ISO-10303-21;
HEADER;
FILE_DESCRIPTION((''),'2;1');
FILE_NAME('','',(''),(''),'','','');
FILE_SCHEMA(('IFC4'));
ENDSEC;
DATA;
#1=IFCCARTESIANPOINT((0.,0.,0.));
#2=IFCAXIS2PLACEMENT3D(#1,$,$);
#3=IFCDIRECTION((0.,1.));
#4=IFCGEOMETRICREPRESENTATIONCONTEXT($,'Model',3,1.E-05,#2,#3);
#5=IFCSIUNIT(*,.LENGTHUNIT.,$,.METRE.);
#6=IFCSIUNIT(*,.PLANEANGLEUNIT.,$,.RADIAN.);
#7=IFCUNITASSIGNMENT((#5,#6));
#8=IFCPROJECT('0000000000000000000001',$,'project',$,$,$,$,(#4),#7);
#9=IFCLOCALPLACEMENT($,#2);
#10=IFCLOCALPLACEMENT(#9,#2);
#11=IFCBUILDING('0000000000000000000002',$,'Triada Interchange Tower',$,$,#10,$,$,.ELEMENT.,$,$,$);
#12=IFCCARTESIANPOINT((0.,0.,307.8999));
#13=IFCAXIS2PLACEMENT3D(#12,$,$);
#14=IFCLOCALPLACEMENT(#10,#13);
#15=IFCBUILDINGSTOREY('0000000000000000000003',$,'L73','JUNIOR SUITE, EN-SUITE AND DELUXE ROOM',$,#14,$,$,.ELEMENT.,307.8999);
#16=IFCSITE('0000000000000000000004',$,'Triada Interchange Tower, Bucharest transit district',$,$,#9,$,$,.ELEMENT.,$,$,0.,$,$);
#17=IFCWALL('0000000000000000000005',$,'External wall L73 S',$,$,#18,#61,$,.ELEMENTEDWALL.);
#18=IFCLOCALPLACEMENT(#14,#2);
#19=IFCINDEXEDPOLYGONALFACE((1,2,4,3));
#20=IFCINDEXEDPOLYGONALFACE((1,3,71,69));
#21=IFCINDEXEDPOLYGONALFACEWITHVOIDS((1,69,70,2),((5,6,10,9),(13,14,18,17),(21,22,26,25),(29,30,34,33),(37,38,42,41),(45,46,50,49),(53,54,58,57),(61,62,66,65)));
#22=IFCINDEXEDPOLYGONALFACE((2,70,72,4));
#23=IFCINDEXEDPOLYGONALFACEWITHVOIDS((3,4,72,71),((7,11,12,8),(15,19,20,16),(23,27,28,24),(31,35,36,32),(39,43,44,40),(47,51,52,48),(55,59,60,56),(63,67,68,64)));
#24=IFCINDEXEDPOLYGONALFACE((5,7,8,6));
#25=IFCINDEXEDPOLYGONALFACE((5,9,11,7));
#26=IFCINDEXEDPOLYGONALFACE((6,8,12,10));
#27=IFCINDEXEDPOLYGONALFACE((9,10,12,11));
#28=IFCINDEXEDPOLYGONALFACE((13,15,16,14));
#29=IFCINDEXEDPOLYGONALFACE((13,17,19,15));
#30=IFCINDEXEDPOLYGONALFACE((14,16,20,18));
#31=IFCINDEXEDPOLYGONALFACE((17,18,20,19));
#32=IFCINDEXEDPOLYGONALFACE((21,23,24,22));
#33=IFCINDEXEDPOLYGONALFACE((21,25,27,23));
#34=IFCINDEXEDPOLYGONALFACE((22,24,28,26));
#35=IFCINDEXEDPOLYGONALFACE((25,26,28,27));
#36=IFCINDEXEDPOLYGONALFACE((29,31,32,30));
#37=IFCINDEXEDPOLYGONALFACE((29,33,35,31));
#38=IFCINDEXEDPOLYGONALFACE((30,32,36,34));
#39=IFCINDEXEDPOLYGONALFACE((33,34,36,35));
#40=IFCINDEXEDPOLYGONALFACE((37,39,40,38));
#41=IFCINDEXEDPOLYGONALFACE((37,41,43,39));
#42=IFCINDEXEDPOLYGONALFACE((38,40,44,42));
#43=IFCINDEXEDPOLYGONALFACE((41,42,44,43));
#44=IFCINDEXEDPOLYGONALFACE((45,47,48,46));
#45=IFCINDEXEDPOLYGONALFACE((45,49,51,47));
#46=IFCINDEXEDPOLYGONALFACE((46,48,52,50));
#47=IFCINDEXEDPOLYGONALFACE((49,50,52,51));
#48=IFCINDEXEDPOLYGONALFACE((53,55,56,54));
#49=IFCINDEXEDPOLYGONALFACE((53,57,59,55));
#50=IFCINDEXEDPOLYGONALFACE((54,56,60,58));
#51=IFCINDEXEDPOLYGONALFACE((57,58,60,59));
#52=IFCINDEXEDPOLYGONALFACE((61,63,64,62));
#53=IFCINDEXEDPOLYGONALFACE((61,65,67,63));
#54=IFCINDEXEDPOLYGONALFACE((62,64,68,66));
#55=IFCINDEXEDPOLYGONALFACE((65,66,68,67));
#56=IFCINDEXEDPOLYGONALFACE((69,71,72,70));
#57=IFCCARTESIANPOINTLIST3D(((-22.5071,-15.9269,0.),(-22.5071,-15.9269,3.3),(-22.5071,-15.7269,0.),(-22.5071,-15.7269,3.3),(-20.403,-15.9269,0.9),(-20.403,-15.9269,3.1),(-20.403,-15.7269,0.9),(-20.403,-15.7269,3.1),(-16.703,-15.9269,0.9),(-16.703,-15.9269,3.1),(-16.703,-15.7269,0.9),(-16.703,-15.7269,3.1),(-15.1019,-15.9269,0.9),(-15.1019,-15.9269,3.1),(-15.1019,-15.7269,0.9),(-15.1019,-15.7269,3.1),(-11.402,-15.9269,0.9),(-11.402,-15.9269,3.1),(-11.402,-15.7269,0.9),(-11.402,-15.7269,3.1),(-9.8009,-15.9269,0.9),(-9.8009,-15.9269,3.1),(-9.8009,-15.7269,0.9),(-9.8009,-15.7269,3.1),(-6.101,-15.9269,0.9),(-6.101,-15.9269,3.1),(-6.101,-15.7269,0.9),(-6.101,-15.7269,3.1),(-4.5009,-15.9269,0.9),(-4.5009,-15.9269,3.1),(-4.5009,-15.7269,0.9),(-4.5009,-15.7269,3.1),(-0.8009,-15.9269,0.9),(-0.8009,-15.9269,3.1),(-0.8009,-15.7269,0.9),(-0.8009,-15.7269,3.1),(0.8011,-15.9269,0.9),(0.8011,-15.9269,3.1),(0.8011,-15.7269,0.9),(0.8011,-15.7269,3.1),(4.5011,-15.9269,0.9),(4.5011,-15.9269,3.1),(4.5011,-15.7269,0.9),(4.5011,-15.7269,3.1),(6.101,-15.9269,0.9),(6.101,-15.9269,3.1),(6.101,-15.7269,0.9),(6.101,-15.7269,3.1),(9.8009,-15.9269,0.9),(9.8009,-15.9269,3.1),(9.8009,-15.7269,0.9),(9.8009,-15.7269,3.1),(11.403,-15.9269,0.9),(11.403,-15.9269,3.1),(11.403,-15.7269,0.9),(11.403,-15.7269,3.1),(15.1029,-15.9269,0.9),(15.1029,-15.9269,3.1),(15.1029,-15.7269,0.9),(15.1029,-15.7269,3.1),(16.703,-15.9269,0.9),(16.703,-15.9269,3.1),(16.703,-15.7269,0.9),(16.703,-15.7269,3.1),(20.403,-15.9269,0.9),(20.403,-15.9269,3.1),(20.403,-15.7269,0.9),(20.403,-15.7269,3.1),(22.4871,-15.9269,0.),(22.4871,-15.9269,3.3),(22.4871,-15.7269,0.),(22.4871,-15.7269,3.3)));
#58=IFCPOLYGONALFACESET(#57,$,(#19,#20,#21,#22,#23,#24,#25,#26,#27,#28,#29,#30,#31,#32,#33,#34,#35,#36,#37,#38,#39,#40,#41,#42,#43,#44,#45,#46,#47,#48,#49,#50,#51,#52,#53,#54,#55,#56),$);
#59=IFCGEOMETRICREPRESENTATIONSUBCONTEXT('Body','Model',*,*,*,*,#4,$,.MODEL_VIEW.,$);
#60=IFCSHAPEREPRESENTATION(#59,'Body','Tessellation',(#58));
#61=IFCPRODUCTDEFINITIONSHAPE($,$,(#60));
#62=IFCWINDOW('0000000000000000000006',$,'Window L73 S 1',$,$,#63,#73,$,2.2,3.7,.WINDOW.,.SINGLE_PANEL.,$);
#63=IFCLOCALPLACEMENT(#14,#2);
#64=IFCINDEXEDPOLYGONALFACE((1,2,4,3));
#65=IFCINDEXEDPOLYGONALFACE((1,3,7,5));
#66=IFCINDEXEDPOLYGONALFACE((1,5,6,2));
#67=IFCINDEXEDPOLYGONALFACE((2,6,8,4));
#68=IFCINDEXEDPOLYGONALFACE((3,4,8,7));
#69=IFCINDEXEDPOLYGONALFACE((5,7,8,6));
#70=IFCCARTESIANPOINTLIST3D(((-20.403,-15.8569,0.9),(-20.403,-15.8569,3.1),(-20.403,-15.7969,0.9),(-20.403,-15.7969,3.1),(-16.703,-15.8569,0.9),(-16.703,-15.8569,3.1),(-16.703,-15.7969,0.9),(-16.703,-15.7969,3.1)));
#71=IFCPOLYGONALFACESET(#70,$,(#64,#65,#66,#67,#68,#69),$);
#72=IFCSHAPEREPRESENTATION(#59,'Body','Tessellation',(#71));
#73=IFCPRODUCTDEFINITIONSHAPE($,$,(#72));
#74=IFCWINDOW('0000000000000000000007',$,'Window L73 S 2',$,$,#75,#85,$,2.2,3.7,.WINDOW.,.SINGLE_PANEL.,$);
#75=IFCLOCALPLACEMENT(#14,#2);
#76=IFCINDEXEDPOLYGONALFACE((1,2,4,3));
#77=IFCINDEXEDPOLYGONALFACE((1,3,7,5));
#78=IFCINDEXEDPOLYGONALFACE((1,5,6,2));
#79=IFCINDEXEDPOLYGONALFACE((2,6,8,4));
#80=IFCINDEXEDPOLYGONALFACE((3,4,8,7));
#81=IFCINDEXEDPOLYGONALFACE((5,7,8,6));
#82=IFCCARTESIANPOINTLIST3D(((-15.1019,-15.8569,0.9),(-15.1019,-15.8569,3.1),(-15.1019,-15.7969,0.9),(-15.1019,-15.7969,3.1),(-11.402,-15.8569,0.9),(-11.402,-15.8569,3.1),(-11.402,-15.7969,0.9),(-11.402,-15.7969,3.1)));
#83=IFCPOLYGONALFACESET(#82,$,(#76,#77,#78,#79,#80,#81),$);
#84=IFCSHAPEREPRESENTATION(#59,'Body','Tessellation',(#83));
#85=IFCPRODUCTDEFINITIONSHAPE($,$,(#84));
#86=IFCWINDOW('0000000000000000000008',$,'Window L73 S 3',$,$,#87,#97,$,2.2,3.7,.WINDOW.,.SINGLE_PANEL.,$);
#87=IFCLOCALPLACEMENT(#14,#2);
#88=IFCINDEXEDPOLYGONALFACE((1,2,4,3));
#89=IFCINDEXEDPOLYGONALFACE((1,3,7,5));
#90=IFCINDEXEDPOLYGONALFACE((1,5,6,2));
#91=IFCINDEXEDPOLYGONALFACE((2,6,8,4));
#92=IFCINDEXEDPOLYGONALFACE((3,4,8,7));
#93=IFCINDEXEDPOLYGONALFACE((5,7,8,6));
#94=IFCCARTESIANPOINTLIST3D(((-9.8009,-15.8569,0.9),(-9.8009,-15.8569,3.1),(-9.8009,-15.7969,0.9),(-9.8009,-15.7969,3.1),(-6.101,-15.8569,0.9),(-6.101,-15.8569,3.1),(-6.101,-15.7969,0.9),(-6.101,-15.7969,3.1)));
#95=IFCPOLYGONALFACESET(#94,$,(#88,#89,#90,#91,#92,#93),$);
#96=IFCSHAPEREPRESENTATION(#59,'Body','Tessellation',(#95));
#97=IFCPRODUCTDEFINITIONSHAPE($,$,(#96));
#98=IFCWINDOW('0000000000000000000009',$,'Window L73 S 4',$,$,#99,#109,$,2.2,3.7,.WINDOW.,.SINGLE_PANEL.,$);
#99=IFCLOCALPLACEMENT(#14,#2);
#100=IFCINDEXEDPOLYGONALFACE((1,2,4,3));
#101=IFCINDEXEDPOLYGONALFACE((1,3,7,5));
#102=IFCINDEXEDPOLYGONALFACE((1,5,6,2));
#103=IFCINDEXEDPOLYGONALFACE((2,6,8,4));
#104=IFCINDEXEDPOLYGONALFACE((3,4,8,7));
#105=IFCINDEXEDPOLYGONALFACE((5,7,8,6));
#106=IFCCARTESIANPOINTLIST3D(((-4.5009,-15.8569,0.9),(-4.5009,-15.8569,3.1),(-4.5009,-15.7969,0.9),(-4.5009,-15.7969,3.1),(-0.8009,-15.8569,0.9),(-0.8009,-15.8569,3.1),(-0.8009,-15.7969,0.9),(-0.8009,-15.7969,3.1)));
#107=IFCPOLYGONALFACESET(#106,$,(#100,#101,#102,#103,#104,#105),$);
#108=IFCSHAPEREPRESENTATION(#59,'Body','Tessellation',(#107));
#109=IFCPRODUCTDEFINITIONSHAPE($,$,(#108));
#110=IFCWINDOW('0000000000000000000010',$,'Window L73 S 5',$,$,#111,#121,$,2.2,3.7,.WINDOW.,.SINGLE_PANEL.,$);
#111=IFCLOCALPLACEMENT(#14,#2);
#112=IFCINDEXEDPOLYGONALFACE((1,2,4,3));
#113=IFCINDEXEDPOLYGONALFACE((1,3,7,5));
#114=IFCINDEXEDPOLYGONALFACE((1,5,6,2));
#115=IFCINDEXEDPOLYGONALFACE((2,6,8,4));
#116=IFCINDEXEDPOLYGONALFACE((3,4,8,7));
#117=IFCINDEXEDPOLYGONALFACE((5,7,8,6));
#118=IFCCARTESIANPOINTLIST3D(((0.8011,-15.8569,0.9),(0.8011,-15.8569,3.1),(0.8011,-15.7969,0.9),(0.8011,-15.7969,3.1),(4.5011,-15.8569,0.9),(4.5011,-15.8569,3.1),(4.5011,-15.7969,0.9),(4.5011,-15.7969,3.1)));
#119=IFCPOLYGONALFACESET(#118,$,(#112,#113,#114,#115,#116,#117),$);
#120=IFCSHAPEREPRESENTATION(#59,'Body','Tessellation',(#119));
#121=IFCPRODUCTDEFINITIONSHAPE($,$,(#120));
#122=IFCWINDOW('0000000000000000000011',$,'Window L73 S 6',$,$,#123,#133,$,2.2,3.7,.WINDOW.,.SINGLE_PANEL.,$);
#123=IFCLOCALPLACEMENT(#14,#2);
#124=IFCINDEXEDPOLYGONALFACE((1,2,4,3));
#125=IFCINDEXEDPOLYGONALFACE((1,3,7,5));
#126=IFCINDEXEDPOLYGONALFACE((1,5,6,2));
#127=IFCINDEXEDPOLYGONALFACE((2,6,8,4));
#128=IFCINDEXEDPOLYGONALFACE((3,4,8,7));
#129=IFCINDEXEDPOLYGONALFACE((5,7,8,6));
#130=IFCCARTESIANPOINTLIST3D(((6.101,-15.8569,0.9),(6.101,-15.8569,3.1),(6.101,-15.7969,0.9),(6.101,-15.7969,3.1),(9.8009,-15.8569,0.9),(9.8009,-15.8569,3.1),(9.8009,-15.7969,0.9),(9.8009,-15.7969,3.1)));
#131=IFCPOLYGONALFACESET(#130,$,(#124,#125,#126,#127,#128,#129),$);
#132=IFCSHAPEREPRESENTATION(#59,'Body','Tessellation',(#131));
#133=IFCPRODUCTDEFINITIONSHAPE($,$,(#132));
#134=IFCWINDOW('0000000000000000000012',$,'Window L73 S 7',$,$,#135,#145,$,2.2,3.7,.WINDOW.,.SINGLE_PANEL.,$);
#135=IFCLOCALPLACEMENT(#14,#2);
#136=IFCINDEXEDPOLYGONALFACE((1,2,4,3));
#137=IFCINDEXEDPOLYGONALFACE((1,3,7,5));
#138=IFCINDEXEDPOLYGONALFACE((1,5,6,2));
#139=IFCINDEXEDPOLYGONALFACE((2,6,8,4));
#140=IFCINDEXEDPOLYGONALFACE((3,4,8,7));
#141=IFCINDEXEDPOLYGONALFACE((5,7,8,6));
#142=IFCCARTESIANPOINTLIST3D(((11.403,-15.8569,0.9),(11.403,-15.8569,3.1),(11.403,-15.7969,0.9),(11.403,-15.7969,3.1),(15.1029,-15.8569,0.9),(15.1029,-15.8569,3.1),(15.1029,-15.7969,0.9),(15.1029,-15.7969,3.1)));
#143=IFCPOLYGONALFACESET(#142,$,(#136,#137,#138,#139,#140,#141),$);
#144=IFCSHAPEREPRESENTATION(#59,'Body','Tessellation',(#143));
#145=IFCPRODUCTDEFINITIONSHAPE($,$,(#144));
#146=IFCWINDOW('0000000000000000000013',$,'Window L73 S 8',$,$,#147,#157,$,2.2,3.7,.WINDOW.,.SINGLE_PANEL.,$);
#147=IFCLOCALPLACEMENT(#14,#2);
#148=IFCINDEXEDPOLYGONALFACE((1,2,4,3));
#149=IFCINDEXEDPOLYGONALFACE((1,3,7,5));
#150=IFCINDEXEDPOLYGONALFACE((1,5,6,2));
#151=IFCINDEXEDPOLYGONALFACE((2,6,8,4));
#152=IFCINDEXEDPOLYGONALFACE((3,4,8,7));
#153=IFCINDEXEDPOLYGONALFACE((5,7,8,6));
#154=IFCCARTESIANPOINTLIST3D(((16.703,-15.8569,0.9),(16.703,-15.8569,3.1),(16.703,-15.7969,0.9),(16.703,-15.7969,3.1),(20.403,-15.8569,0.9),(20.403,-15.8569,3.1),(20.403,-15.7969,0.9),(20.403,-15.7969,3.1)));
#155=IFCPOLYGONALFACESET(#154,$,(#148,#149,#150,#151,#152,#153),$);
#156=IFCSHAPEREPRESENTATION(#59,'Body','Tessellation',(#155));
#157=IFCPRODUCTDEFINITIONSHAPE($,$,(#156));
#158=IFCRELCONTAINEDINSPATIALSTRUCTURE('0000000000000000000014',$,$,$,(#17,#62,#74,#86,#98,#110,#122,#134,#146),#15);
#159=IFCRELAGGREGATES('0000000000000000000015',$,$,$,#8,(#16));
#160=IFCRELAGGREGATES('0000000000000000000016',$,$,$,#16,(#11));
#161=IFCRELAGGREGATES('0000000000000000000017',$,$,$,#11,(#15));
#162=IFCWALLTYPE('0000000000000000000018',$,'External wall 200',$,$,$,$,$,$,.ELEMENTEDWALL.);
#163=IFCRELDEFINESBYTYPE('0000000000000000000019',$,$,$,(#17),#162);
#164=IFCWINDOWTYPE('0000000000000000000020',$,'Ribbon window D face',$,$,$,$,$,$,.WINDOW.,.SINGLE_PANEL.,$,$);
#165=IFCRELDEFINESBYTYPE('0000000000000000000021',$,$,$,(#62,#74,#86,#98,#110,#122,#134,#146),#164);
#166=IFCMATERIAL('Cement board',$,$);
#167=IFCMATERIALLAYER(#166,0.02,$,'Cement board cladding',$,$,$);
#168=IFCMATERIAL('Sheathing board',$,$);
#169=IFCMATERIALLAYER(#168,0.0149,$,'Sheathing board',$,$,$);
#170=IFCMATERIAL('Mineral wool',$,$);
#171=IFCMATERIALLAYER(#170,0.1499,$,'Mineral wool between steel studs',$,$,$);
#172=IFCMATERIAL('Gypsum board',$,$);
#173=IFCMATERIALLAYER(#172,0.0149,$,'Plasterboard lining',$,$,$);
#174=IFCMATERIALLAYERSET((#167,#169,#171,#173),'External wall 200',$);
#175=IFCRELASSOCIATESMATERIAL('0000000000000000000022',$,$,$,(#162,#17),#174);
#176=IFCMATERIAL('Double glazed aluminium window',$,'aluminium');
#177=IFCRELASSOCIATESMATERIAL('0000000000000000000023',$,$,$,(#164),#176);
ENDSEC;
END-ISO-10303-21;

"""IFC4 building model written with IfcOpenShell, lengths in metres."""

from ifc_helpers import new_model, si_unit, direction, frame, frame_2d, origin, place, context, subcontext, project, spatial, rectangle, extrude, material, layer, layer_set, layer_usage, type_object, element, fill, save


model = new_model("IFC4")

# Units and contexts
model_context = context("Model", 3, precision=1e-05, world=origin(), true_north=direction((0.0, 1.0)))
body_context = subcontext(model_context, "Body", "Model", "MODEL_VIEW")
ifc_project = project(units=[si_unit("LENGTHUNIT", "METRE"), si_unit("PLANEANGLEUNIT", "RADIAN")], contexts=[model_context])

# Site, building, storey
site_placement = place(None, origin())
site = spatial("IfcSite", under=ifc_project, at=site_placement, Name="Triada Interchange Tower, Bucharest transit district", CompositionType="ELEMENT", RefElevation=0.0)
building_placement = place(site_placement, origin())
building = spatial("IfcBuilding", under=site, at=building_placement, Name="Triada Interchange Tower", CompositionType="ELEMENT")
storey_placement = place(building_placement, frame((0.0, 0.0, 307.8999)))
storey = spatial("IfcBuildingStorey", under=building, at=storey_placement, Name="L73", Description="JUNIOR SUITE, EN-SUITE AND DELUXE ROOM", CompositionType="ELEMENT", Elevation=307.8999)

# Shared definitions
ifc_material_1 = material(Name="Cement board")
ifc_layer_1 = layer(ifc_material_1, 0.02, Name="Cement board cladding")
ifc_material_2 = material(Name="Sheathing board")
ifc_layer_2 = layer(ifc_material_2, 0.0149, Name="Sheathing board")
ifc_material_3 = material(Name="Mineral wool")
ifc_layer_3 = layer(ifc_material_3, 0.1499, Name="Mineral wool between steel studs")
ifc_material_4 = material(Name="Gypsum board")
ifc_layer_4 = layer(ifc_material_4, 0.0149, Name="Plasterboard lining")
ifc_layer_set_1 = layer_set([ifc_layer_1, ifc_layer_2, ifc_layer_3, ifc_layer_4], Name="External wall 200")
ifc_layer_usage = layer_usage(ifc_layer_set_1, "AXIS2", "POSITIVE", -0.1001)
wall_type = type_object("IfcWallType", Name="External wall 200", PredefinedType="ELEMENTEDWALL", material=ifc_layer_set_1)
ifc_material_5 = material(Name="Double glazed aluminium window", Category="aluminium")

# Wall, openings, windows
wall_1_placement = place(storey_placement, frame((-22.5071, -15.8269, 0.0), z_axis=(0.0, 0.0, 1.0), x_axis=(1.0, 0.0, 0.0)))
wall_1 = element("IfcWall", 1, at=wall_1_placement, inside=storey, type_object=wall_type, material=ifc_layer_usage, Name="External wall L73 S", PredefinedType="ELEMENTEDWALL", context=body_context, shape_type="SweptSolid", body=[
    extrude(rectangle(XDim=44.9941, YDim=0.2, at=frame_2d((22.4971, 0.0))), origin(), (0.0, 0.0, 1.0), 3.3),
])
opening_1_placement = place(wall_1_placement, frame((2.104, 0.0, 0.8999)))
opening_1 = element("IfcOpeningElement", 2, at=opening_1_placement, cuts=wall_1, PredefinedType="OPENING", context=body_context, shape_type="SweptSolid", body=[
    extrude(rectangle(XDim=3.7, YDim=2.2, at=frame_2d((1.8501, 1.1001))), frame((0.0, 0.1099, 0.0), z_axis=(0.0, -1.0, 0.0), x_axis=(1.0, 0.0, 0.0)), (0.0, 0.0, 1.0), 0.22),
])
opening_2_placement = place(wall_1_placement, frame((7.405, 0.0, 0.8999)))
opening_2 = element("IfcOpeningElement", 3, at=opening_2_placement, cuts=wall_1, PredefinedType="OPENING", context=body_context, shape_type="SweptSolid", body=[
    extrude(rectangle(XDim=3.7, YDim=2.2, at=frame_2d((1.8501, 1.1001))), frame((0.0, 0.1099, 0.0), z_axis=(0.0, -1.0, 0.0), x_axis=(1.0, 0.0, 0.0)), (0.0, 0.0, 1.0), 0.22),
])
opening_3_placement = place(wall_1_placement, frame((12.7061, 0.0, 0.8999)))
opening_3 = element("IfcOpeningElement", 4, at=opening_3_placement, cuts=wall_1, PredefinedType="OPENING", context=body_context, shape_type="SweptSolid", body=[
    extrude(rectangle(XDim=3.7, YDim=2.2, at=frame_2d((1.8501, 1.1001))), frame((0.0, 0.1099, 0.0), z_axis=(0.0, -1.0, 0.0), x_axis=(1.0, 0.0, 0.0)), (0.0, 0.0, 1.0), 0.22),
])
opening_4_placement = place(wall_1_placement, frame((18.0061, 0.0, 0.8999)))
opening_4 = element("IfcOpeningElement", 5, at=opening_4_placement, cuts=wall_1, PredefinedType="OPENING", context=body_context, shape_type="SweptSolid", body=[
    extrude(rectangle(XDim=3.7, YDim=2.2, at=frame_2d((1.8501, 1.1001))), frame((0.0, 0.1099, 0.0), z_axis=(0.0, -1.0, 0.0), x_axis=(1.0, 0.0, 0.0)), (0.0, 0.0, 1.0), 0.22),
])
opening_5_placement = place(wall_1_placement, frame((23.3081, 0.0, 0.8999)))
opening_5 = element("IfcOpeningElement", 6, at=opening_5_placement, cuts=wall_1, PredefinedType="OPENING", context=body_context, shape_type="SweptSolid", body=[
    extrude(rectangle(XDim=3.7, YDim=2.2, at=frame_2d((1.8501, 1.1001))), frame((0.0, 0.1099, 0.0), z_axis=(0.0, -1.0, 0.0), x_axis=(1.0, 0.0, 0.0)), (0.0, 0.0, 1.0), 0.22),
])
opening_6_placement = place(wall_1_placement, frame((28.6079, 0.0, 0.8999)))
opening_6 = element("IfcOpeningElement", 7, at=opening_6_placement, cuts=wall_1, PredefinedType="OPENING", context=body_context, shape_type="SweptSolid", body=[
    extrude(rectangle(XDim=3.7, YDim=2.2, at=frame_2d((1.8501, 1.1001))), frame((0.0, 0.1099, 0.0), z_axis=(0.0, -1.0, 0.0), x_axis=(1.0, 0.0, 0.0)), (0.0, 0.0, 1.0), 0.22),
])
opening_7_placement = place(wall_1_placement, frame((33.9099, 0.0, 0.8999)))
opening_7 = element("IfcOpeningElement", 8, at=opening_7_placement, cuts=wall_1, PredefinedType="OPENING", context=body_context, shape_type="SweptSolid", body=[
    extrude(rectangle(XDim=3.7, YDim=2.2, at=frame_2d((1.8501, 1.1001))), frame((0.0, 0.1099, 0.0), z_axis=(0.0, -1.0, 0.0), x_axis=(1.0, 0.0, 0.0)), (0.0, 0.0, 1.0), 0.22),
])
opening_8_placement = place(wall_1_placement, frame((39.21, 0.0, 0.8999)))
opening_8 = element("IfcOpeningElement", 9, at=opening_8_placement, cuts=wall_1, PredefinedType="OPENING", context=body_context, shape_type="SweptSolid", body=[
    extrude(rectangle(XDim=3.7, YDim=2.2, at=frame_2d((1.8501, 1.1001))), frame((0.0, 0.1099, 0.0), z_axis=(0.0, -1.0, 0.0), x_axis=(1.0, 0.0, 0.0)), (0.0, 0.0, 1.0), 0.22),
])
window_type_1 = type_object("IfcWindowType", Name="Ribbon window D face", PartitioningType="SINGLE_PANEL", PredefinedType="WINDOW", material=ifc_material_5)
window_1_placement = place(opening_1_placement, origin())
window_1 = element("IfcWindow", 10, at=window_1_placement, inside=storey, type_object=window_type_1, Name="Window L73 S 1", OverallHeight=2.2, OverallWidth=3.7, PartitioningType="SINGLE_PANEL", PredefinedType="WINDOW", context=body_context, shape_type="SweptSolid", body=[
    extrude(rectangle(XDim=3.7, YDim=2.2, at=frame_2d((1.8501, 1.1001))), frame((0.0, 0.03, 0.0), z_axis=(0.0, -1.0, 0.0), x_axis=(1.0, 0.0, 0.0)), (0.0, 0.0, 1.0), 0.0601),
])
fill(opening_1, window_1)
window_2_placement = place(opening_2_placement, origin())
window_2 = element("IfcWindow", 11, at=window_2_placement, inside=storey, type_object=window_type_1, Name="Window L73 S 2", OverallHeight=2.2, OverallWidth=3.7, PartitioningType="SINGLE_PANEL", PredefinedType="WINDOW", context=body_context, shape_type="SweptSolid", body=[
    extrude(rectangle(XDim=3.7, YDim=2.2, at=frame_2d((1.8501, 1.1001))), frame((0.0, 0.03, 0.0), z_axis=(0.0, -1.0, 0.0), x_axis=(1.0, 0.0, 0.0)), (0.0, 0.0, 1.0), 0.0601),
])
fill(opening_2, window_2)
window_3_placement = place(opening_3_placement, origin())
window_3 = element("IfcWindow", 12, at=window_3_placement, inside=storey, type_object=window_type_1, Name="Window L73 S 3", OverallHeight=2.2, OverallWidth=3.7, PartitioningType="SINGLE_PANEL", PredefinedType="WINDOW", context=body_context, shape_type="SweptSolid", body=[
    extrude(rectangle(XDim=3.7, YDim=2.2, at=frame_2d((1.8501, 1.1001))), frame((0.0, 0.03, 0.0), z_axis=(0.0, -1.0, 0.0), x_axis=(1.0, 0.0, 0.0)), (0.0, 0.0, 1.0), 0.0601),
])
fill(opening_3, window_3)
window_4_placement = place(opening_4_placement, origin())
window_4 = element("IfcWindow", 13, at=window_4_placement, inside=storey, type_object=window_type_1, Name="Window L73 S 4", OverallHeight=2.2, OverallWidth=3.7, PartitioningType="SINGLE_PANEL", PredefinedType="WINDOW", context=body_context, shape_type="SweptSolid", body=[
    extrude(rectangle(XDim=3.7, YDim=2.2, at=frame_2d((1.8501, 1.1001))), frame((0.0, 0.03, 0.0), z_axis=(0.0, -1.0, 0.0), x_axis=(1.0, 0.0, 0.0)), (0.0, 0.0, 1.0), 0.0601),
])
fill(opening_4, window_4)
window_5_placement = place(opening_5_placement, origin())
window_5 = element("IfcWindow", 14, at=window_5_placement, inside=storey, type_object=window_type_1, Name="Window L73 S 5", OverallHeight=2.2, OverallWidth=3.7, PartitioningType="SINGLE_PANEL", PredefinedType="WINDOW", context=body_context, shape_type="SweptSolid", body=[
    extrude(rectangle(XDim=3.7, YDim=2.2, at=frame_2d((1.8501, 1.1001))), frame((0.0, 0.03, 0.0), z_axis=(0.0, -1.0, 0.0), x_axis=(1.0, 0.0, 0.0)), (0.0, 0.0, 1.0), 0.0601),
])
fill(opening_5, window_5)
window_6_placement = place(opening_6_placement, origin())
window_6 = element("IfcWindow", 15, at=window_6_placement, inside=storey, type_object=window_type_1, Name="Window L73 S 6", OverallHeight=2.2, OverallWidth=3.7, PartitioningType="SINGLE_PANEL", PredefinedType="WINDOW", context=body_context, shape_type="SweptSolid", body=[
    extrude(rectangle(XDim=3.7, YDim=2.2, at=frame_2d((1.8501, 1.1001))), frame((0.0, 0.03, 0.0), z_axis=(0.0, -1.0, 0.0), x_axis=(1.0, 0.0, 0.0)), (0.0, 0.0, 1.0), 0.0601),
])
fill(opening_6, window_6)
window_7_placement = place(opening_7_placement, origin())
window_7 = element("IfcWindow", 16, at=window_7_placement, inside=storey, type_object=window_type_1, Name="Window L73 S 7", OverallHeight=2.2, OverallWidth=3.7, PartitioningType="SINGLE_PANEL", PredefinedType="WINDOW", context=body_context, shape_type="SweptSolid", body=[
    extrude(rectangle(XDim=3.7, YDim=2.2, at=frame_2d((1.8501, 1.1001))), frame((0.0, 0.03, 0.0), z_axis=(0.0, -1.0, 0.0), x_axis=(1.0, 0.0, 0.0)), (0.0, 0.0, 1.0), 0.0601),
])
fill(opening_7, window_7)
window_8_placement = place(opening_8_placement, origin())
window_8 = element("IfcWindow", 17, at=window_8_placement, inside=storey, type_object=window_type_1, Name="Window L73 S 8", OverallHeight=2.2, OverallWidth=3.7, PartitioningType="SINGLE_PANEL", PredefinedType="WINDOW", context=body_context, shape_type="SweptSolid", body=[
    extrude(rectangle(XDim=3.7, YDim=2.2, at=frame_2d((1.8501, 1.1001))), frame((0.0, 0.03, 0.0), z_axis=(0.0, -1.0, 0.0), x_axis=(1.0, 0.0, 0.0)), (0.0, 0.0, 1.0), 0.0601),
])
fill(opening_8, window_8)

save(model, "model.ifc")
